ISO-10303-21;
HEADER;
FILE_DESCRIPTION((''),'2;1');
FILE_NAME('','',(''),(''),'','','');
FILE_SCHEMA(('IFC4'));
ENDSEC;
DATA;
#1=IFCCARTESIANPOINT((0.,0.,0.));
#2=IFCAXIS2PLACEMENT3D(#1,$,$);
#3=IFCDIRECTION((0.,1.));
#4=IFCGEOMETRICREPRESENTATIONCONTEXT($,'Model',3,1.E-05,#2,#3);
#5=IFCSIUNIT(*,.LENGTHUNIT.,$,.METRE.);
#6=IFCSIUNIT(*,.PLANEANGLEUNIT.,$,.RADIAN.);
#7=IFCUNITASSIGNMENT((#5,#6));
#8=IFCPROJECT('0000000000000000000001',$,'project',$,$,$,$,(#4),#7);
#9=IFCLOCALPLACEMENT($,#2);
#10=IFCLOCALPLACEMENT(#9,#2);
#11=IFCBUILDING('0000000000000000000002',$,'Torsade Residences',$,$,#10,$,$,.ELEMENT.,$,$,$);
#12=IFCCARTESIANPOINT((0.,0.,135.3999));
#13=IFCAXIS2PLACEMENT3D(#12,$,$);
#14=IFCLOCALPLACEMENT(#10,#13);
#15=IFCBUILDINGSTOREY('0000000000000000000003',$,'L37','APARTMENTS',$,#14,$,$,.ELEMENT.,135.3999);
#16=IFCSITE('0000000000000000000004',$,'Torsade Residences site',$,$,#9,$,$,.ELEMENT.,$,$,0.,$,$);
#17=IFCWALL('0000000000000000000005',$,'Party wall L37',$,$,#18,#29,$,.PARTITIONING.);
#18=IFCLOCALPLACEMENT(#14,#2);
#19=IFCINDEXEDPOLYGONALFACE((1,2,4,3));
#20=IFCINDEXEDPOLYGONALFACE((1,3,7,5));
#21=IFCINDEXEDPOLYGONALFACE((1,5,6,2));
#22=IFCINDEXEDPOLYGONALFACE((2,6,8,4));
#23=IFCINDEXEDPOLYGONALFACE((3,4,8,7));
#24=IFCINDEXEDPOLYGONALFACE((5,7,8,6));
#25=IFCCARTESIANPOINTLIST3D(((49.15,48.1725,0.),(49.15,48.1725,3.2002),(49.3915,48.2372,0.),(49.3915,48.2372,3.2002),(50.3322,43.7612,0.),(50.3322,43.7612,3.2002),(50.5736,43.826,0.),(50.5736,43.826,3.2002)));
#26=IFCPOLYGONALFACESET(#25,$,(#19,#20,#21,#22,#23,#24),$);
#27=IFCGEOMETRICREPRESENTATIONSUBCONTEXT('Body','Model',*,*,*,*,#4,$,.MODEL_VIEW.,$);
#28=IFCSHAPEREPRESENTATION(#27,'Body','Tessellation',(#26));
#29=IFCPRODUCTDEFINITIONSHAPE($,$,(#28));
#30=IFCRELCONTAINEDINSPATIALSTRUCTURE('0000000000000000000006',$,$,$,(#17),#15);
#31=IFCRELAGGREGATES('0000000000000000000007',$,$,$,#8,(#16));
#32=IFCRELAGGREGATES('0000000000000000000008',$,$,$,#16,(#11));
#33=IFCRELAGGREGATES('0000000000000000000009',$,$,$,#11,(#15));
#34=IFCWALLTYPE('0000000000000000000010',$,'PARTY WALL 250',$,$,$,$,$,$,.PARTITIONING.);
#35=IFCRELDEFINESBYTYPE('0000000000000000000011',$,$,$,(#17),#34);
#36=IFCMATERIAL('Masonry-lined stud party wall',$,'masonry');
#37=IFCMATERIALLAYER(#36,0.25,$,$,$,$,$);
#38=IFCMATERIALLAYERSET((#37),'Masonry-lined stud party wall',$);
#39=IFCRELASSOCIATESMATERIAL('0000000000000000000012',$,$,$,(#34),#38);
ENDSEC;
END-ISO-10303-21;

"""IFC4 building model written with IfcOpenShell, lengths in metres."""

from ifc_helpers import new_model, si_unit, direction, frame, frame_2d, origin, place, context, subcontext, project, spatial, rectangle, extrude, material, layer, layer_set, type_object, element, save


model = new_model("IFC4")

# Units and contexts
model_context = context("Model", 3, precision=1e-05, world=origin(), true_north=direction((0.0, 1.0)))
body_context = subcontext(model_context, "Body", "Model", "MODEL_VIEW")
ifc_project = project(units=[si_unit("LENGTHUNIT", "METRE"), si_unit("PLANEANGLEUNIT", "RADIAN")], contexts=[model_context])

# Site, building, storey
site_placement = place(None, origin())
site = spatial("IfcSite", under=ifc_project, at=site_placement, Name="Torsade Residences site", CompositionType="ELEMENT", RefElevation=0.0)
building_placement = place(site_placement, origin())
building = spatial("IfcBuilding", under=site, at=building_placement, Name="Torsade Residences", CompositionType="ELEMENT")
storey_placement = place(building_placement, frame((0.0, 0.0, 135.3999)))
storey = spatial("IfcBuildingStorey", under=building, at=storey_placement, Name="L37", Description="APARTMENTS", CompositionType="ELEMENT", Elevation=135.3999)

# Wall
ifc_material_1 = material(Name="Masonry-lined stud party wall", Category="masonry")
ifc_layer_1 = layer(ifc_material_1, 0.25)
ifc_layer_set_1 = layer_set([ifc_layer_1], Name="Masonry-lined stud party wall")
wall_type_1 = type_object("IfcWallType", Name="PARTY WALL 250", PredefinedType="PARTITIONING", material=ifc_layer_set_1)
wall_1_placement = place(storey_placement, frame((49.2708, 48.2048, 0.0), z_axis=(0.0, 0.0, 1.0), x_axis=(0.258854, -0.965917, 0.0)))
element("IfcWall", 1, at=wall_1_placement, inside=storey, type_object=wall_type_1, Name="Party wall L37", PredefinedType="PARTITIONING", context=body_context, shape_type="SweptSolid", body=[
    extrude(rectangle(XDim=4.5669, YDim=0.25, at=frame_2d((2.2834, 0.0))), origin(), (0.0, 0.0, 1.0), 3.2002),
])

save(model, "model.ifc")
